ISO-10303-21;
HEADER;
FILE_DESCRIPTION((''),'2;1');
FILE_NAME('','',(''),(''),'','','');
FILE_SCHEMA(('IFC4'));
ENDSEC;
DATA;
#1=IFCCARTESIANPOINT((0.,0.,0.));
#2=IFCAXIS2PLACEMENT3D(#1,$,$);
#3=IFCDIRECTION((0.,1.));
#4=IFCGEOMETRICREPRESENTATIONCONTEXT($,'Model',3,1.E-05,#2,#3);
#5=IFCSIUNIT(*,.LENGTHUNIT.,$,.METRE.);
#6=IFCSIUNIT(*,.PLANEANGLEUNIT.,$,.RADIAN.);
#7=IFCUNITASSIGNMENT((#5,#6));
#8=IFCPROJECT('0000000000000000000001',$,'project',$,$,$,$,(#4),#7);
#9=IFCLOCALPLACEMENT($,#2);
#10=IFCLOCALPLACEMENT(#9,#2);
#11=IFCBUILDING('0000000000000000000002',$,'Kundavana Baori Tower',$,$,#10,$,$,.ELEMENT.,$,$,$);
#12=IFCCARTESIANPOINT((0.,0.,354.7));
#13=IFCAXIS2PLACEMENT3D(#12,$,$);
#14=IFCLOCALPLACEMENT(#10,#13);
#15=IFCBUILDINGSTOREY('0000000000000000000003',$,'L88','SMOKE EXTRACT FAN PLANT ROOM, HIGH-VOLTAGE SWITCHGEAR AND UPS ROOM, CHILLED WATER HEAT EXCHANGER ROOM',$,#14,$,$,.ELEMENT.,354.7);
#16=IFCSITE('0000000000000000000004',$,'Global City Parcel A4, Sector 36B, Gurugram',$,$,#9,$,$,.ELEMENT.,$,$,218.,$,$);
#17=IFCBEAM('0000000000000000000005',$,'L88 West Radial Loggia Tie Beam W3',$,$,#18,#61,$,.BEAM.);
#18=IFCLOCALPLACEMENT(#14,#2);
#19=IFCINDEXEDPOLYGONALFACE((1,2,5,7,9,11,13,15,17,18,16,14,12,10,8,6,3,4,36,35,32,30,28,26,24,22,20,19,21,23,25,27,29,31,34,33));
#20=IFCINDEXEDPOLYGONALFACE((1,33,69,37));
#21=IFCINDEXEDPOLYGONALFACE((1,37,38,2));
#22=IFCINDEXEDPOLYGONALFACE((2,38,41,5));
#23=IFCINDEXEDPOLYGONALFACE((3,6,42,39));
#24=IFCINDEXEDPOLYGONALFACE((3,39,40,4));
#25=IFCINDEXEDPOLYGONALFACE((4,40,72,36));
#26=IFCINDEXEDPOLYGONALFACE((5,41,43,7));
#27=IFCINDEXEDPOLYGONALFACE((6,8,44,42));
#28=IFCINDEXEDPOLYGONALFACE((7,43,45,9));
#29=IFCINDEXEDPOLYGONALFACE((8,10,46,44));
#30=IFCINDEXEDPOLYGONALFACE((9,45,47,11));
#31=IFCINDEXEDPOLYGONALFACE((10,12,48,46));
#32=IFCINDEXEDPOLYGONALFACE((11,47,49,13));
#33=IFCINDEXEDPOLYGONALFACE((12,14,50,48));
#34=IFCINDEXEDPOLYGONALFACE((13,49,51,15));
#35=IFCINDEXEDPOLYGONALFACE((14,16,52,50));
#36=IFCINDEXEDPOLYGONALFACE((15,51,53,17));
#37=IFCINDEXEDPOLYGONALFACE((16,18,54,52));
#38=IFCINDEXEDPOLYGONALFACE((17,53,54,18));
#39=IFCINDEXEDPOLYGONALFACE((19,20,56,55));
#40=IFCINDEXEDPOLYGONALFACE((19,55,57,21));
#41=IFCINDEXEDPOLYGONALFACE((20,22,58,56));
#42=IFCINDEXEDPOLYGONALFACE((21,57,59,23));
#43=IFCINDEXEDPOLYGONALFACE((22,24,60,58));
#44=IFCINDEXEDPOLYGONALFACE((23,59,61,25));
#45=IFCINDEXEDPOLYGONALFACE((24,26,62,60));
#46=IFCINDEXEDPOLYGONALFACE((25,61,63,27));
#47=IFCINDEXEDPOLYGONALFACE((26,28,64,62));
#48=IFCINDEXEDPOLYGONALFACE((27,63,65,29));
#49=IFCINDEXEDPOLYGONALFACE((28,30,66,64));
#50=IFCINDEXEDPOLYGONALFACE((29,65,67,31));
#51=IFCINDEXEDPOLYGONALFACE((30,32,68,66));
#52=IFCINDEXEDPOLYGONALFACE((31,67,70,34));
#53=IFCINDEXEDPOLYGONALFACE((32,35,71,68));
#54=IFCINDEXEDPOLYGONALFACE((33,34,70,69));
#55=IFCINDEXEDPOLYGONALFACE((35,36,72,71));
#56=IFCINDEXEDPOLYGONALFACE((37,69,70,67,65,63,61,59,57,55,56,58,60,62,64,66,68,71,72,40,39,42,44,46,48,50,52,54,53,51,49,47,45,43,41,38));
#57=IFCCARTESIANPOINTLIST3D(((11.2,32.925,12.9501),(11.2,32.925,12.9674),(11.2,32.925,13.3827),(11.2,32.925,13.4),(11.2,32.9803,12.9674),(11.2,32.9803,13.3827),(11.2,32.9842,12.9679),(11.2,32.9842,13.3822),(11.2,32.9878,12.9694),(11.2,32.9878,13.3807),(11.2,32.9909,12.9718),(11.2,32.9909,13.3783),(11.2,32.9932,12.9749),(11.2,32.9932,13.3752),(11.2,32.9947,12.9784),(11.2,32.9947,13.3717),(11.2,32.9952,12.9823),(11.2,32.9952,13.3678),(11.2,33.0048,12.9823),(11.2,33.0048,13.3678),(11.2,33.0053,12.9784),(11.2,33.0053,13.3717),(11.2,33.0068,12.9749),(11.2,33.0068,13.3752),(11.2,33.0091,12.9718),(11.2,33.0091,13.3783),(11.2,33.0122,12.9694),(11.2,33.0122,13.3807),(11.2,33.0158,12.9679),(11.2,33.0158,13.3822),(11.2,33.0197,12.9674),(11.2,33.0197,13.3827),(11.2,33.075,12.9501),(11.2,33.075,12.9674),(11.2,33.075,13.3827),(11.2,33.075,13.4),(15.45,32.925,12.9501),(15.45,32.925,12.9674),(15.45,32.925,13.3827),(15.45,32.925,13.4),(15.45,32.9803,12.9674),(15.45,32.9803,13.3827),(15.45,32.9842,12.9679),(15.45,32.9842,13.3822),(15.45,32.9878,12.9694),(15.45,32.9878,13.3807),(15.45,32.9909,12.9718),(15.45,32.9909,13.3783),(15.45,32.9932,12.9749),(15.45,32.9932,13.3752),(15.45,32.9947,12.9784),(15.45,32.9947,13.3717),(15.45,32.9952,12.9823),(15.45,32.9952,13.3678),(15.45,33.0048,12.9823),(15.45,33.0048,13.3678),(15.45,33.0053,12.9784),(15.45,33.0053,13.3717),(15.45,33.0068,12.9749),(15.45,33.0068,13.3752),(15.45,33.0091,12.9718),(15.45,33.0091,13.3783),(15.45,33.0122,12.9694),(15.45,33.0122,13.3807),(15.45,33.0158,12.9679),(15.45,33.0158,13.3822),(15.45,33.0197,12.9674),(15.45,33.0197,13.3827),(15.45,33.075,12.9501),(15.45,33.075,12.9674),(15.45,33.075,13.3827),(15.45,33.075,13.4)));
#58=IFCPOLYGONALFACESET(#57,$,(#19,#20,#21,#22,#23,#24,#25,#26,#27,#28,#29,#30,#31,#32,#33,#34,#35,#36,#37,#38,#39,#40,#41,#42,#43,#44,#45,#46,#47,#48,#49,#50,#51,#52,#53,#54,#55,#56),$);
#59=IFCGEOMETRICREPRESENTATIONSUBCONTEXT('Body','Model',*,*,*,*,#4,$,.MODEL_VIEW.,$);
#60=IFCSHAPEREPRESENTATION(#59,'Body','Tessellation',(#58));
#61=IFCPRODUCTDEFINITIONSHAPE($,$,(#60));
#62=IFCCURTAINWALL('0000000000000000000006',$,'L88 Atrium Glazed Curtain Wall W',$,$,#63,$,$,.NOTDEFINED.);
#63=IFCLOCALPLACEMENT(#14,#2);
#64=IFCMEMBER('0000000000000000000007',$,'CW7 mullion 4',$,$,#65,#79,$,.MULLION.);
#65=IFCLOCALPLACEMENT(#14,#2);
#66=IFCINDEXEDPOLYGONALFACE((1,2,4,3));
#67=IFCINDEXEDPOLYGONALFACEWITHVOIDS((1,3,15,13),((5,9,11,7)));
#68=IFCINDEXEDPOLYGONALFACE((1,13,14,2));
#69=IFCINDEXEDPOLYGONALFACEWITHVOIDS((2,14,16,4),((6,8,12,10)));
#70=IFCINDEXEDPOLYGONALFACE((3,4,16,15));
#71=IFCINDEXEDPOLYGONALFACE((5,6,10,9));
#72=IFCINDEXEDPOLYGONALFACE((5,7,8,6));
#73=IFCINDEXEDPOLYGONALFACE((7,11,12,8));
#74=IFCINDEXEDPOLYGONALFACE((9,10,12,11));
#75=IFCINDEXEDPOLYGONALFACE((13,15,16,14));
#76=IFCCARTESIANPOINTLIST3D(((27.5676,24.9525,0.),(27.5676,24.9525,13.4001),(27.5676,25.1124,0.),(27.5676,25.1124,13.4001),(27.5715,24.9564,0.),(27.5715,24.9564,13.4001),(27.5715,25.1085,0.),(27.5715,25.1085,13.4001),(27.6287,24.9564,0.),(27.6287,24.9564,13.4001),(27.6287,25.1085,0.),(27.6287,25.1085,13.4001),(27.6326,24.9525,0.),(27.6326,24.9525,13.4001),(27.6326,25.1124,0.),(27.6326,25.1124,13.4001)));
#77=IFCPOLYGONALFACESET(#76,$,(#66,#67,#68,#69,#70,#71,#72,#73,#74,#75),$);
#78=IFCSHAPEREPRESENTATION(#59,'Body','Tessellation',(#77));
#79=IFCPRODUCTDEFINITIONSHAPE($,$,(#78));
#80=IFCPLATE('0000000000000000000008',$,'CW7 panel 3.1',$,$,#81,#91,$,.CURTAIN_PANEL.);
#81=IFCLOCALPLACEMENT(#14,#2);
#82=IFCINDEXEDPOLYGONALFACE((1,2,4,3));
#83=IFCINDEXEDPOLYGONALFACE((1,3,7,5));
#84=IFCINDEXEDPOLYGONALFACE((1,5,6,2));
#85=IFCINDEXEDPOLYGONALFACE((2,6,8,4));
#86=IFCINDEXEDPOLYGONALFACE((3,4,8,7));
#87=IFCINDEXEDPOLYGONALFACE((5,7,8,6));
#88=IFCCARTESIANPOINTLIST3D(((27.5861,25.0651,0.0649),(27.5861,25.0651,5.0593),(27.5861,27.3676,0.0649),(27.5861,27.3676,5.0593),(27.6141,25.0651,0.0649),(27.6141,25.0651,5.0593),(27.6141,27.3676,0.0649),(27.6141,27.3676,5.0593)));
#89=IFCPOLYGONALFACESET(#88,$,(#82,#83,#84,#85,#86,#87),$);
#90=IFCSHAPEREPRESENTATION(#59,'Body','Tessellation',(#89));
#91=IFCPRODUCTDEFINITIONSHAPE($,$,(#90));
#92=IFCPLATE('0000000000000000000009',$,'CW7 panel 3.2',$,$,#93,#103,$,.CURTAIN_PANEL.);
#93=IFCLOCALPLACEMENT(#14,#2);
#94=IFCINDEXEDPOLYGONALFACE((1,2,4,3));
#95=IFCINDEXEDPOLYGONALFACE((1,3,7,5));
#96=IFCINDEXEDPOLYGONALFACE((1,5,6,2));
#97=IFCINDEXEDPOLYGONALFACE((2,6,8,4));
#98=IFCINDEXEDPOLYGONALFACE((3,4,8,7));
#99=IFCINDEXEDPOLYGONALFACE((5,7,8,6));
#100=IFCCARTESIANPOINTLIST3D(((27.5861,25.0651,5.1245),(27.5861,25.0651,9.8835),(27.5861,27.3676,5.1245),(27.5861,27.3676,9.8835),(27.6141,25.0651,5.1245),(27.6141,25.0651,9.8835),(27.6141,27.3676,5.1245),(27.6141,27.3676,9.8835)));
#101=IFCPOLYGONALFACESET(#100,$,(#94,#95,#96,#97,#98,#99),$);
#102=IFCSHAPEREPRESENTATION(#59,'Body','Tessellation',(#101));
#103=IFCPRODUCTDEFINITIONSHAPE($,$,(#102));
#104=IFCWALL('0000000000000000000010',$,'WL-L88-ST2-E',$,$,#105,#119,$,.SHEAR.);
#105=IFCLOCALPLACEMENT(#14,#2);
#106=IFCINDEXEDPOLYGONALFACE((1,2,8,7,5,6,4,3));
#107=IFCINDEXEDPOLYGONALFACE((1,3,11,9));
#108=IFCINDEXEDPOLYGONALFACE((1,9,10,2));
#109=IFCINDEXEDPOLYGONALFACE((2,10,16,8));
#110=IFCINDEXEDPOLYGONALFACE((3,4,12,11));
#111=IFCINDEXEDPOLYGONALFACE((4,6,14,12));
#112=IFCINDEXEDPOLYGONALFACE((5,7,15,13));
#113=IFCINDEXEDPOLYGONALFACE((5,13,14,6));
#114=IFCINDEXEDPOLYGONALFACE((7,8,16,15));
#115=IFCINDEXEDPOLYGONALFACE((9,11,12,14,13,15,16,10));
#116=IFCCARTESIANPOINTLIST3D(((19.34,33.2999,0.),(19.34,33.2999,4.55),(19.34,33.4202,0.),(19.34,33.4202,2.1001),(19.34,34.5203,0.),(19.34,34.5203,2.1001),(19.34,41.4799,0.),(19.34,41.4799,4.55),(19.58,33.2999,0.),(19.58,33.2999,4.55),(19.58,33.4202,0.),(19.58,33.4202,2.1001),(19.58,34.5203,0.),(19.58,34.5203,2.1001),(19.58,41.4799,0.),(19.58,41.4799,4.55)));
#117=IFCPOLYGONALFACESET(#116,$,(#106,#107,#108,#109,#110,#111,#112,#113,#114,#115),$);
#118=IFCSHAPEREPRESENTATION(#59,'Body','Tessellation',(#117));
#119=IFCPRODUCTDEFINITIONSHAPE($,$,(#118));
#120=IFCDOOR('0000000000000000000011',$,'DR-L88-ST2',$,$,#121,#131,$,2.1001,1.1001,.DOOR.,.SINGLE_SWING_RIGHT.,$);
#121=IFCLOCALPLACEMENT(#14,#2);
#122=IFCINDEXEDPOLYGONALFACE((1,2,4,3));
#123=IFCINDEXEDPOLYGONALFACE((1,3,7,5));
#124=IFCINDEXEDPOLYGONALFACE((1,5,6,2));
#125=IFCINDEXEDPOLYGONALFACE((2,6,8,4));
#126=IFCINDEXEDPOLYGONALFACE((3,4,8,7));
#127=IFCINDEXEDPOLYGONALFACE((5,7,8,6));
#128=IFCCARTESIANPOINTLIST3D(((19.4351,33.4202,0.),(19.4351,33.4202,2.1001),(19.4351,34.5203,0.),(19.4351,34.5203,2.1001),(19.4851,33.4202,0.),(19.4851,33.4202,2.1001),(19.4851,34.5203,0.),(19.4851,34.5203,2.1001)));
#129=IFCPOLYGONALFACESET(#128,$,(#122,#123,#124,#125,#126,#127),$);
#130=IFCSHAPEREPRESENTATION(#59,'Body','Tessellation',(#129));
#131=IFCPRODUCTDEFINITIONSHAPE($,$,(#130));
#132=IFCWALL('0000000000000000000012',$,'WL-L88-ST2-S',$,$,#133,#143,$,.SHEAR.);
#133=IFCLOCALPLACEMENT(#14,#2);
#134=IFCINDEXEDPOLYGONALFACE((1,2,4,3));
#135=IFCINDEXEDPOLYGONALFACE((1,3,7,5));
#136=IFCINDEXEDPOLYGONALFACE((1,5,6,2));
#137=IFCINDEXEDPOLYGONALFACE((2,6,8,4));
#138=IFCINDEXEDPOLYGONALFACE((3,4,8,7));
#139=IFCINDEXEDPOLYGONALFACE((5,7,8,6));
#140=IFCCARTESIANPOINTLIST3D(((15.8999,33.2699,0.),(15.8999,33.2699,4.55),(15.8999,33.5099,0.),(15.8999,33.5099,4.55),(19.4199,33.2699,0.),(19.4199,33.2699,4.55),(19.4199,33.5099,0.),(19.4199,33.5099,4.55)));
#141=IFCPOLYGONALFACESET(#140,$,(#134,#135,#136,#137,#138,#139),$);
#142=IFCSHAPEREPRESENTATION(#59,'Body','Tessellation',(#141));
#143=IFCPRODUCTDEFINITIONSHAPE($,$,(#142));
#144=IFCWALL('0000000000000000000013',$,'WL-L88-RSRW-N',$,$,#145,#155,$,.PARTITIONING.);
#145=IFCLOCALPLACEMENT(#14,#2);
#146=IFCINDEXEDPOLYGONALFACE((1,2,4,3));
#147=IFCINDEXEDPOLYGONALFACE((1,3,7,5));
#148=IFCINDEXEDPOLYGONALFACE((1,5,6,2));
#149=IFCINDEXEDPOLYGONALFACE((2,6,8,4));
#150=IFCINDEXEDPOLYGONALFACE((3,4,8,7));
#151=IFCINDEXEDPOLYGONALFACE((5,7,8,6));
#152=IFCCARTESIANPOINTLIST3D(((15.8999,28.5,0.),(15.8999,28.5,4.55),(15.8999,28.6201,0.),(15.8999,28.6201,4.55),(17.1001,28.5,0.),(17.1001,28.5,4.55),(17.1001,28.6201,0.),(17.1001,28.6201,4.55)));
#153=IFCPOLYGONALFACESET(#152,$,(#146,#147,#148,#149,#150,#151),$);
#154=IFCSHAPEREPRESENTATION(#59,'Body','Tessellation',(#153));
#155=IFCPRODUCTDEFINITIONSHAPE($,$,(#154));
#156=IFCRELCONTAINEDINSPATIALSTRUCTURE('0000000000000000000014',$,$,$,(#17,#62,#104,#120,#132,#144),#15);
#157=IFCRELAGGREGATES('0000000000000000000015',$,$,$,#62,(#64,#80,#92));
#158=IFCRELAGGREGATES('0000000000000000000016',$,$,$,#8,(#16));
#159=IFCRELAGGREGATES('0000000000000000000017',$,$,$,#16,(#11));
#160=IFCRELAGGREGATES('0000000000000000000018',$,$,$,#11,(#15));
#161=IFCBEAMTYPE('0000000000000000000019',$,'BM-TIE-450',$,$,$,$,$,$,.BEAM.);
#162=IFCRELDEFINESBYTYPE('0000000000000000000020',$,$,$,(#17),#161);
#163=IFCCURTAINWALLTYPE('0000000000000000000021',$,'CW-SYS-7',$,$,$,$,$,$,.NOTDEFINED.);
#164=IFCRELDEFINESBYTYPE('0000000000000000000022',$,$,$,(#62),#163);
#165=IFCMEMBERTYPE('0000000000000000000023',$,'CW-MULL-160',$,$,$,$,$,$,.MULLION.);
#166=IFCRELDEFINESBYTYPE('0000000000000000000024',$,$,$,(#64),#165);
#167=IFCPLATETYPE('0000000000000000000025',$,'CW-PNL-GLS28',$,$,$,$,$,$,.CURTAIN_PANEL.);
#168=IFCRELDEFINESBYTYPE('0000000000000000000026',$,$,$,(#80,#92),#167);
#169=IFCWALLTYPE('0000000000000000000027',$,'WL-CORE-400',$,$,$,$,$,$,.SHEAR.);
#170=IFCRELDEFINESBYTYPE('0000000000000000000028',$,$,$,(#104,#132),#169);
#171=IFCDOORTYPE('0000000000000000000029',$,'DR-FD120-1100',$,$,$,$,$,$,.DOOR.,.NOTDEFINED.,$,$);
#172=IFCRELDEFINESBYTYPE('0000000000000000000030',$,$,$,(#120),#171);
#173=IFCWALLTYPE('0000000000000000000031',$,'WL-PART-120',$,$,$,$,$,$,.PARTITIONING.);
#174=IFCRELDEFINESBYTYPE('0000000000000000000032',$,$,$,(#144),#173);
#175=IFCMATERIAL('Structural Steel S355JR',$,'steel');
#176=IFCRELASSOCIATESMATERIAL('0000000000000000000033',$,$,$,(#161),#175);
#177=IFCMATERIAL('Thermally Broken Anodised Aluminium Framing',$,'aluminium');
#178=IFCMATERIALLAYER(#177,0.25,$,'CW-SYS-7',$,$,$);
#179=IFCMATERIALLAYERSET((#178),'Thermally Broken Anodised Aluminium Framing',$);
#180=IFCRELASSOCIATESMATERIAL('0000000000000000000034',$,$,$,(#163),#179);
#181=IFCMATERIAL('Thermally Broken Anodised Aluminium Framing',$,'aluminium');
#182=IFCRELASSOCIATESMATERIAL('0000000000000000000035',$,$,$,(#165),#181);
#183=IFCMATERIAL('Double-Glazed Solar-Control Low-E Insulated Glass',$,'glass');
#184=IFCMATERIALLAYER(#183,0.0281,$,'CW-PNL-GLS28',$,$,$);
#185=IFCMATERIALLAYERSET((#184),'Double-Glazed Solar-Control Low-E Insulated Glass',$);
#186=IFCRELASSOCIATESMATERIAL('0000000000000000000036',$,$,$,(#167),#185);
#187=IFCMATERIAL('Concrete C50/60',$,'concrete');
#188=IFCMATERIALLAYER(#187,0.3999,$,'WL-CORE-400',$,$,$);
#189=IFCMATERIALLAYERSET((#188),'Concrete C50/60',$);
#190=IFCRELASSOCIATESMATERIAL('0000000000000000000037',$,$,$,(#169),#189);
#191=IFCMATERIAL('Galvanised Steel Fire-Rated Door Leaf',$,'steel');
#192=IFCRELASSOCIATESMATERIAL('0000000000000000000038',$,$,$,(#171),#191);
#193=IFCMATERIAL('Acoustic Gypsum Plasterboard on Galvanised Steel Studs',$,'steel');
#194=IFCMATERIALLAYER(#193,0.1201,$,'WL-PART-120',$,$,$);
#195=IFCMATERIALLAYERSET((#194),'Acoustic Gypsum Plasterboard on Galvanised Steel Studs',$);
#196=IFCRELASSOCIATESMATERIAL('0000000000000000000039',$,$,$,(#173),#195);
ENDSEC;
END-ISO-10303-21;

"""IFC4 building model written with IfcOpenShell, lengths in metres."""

from ifc_helpers import new_model, si_unit, direction, frame, frame_2d, origin, origin_2d, place, context, subcontext, project, spatial, rectangle, hollow_rectangle, i_section, extrude, material, layer, layer_set, material_profile, profile_set, type_object, element, fill, aggregate, save


model = new_model("IFC4")

# Units and contexts
model_context = context("Model", 3, precision=1e-05, world=origin(), true_north=direction((0.0, 1.0)))
body_context = subcontext(model_context, "Body", "Model", "MODEL_VIEW")
ifc_project = project(units=[si_unit("LENGTHUNIT", "METRE"), si_unit("PLANEANGLEUNIT", "RADIAN")], contexts=[model_context])

# Site, building, storey
site_placement = place(None, origin())
site = spatial("IfcSite", under=ifc_project, at=site_placement, Name="Global City Parcel A4, Sector 36B, Gurugram", CompositionType="ELEMENT", RefElevation=218.0)
building_placement = place(site_placement, origin())
building = spatial("IfcBuilding", under=site, at=building_placement, Name="Kundavana Baori Tower", CompositionType="ELEMENT")
storey_placement = place(building_placement, frame((0.0, 0.0, 354.7)))
storey = spatial("IfcBuildingStorey", under=building, at=storey_placement, Name="L88", Description="SMOKE EXTRACT FAN PLANT ROOM, HIGH-VOLTAGE SWITCHGEAR AND UPS ROOM, CHILLED WATER HEAT EXCHANGER ROOM", CompositionType="ELEMENT", Elevation=354.7)

# Beam
ifc_material_1 = material(Name="Structural Steel S355JR", Category="steel")
ifc_material_profile_1 = material_profile(ifc_material_1, i_section(OverallWidth=0.1499, OverallDepth=0.45, WebThickness=0.0095, FlangeThickness=0.0173, FilletRadius=0.0149, at=origin_2d()), Name="ISMB 450")
ifc_profile_set_1 = profile_set([ifc_material_profile_1], Name="Structural Steel S355JR")
beam_type_1 = type_object("IfcBeamType", Name="BM-TIE-450", PredefinedType="BEAM", material=ifc_profile_set_1)
beam_1_placement = place(storey_placement, frame((15.45, 33.0, 13.175), z_axis=(-1.0, 0.0, 0.0), x_axis=(0.0, -1.0, 0.0)))
element("IfcBeam", 1, at=beam_1_placement, inside=storey, type_object=beam_type_1, Name="L88 West Radial Loggia Tie Beam W3", PredefinedType="BEAM", context=body_context, shape_type="SweptSolid", body=[
    extrude(i_section(OverallWidth=0.1499, OverallDepth=0.45, WebThickness=0.0095, FlangeThickness=0.0173, FilletRadius=0.0149, at=origin_2d()), origin(), (0.0, 0.0, 1.0), 4.25),
])

# Curtain wall, member, plates
ifc_material_2 = material(Name="Thermally Broken Anodised Aluminium Framing", Category="aluminium")
ifc_layer_1 = layer(ifc_material_2, 0.25, Name="CW-SYS-7")
ifc_layer_set_1 = layer_set([ifc_layer_1], Name="Thermally Broken Anodised Aluminium Framing")
curtain_wall_type = type_object("IfcCurtainWallType", Name="CW-SYS-7", PredefinedType="NOTDEFINED", material=ifc_layer_set_1)
curtain_wall_placement = place(storey_placement, origin())
curtain_wall = element("IfcCurtainWall", 2, at=curtain_wall_placement, inside=storey, type_object=curtain_wall_type, Name="L88 Atrium Glazed Curtain Wall W", PredefinedType="NOTDEFINED")
ifc_material_3 = material(Name="Thermally Broken Anodised Aluminium Framing", Category="aluminium")
ifc_material_profile_2 = material_profile(ifc_material_3, hollow_rectangle(XDim=0.0649, YDim=0.1599, WallThickness=0.0039, at=origin_2d()), Name="CW-MULL-160")
ifc_profile_set_2 = profile_set([ifc_material_profile_2], Name="Thermally Broken Anodised Aluminium Framing")
member_type = type_object("IfcMemberType", Name="CW-MULL-160", PredefinedType="MULLION", material=ifc_profile_set_2)
member_placement = place(storey_placement, frame((27.6001, 25.0325, 0.0), z_axis=(0.0, 0.0, 1.0), x_axis=(1.0, 0.0, 0.0)))
member = element("IfcMember", 3, at=member_placement, type_object=member_type, Name="CW7 mullion 4", PredefinedType="MULLION", context=body_context, shape_type="SweptSolid", body=[
    extrude(hollow_rectangle(XDim=0.0649, YDim=0.1599, WallThickness=0.0039, at=origin_2d()), origin(), (0.0, 0.0, 1.0), 13.4001),
])
ifc_material_4 = material(Name="Double-Glazed Solar-Control Low-E Insulated Glass", Category="glass")
ifc_layer_2 = layer(ifc_material_4, 0.0281, Name="CW-PNL-GLS28")
ifc_layer_set_2 = layer_set([ifc_layer_2], Name="Double-Glazed Solar-Control Low-E Insulated Glass")
plate_type = type_object("IfcPlateType", Name="CW-PNL-GLS28", PredefinedType="CURTAIN_PANEL", material=ifc_layer_set_2)
plate_1_placement = place(storey_placement, frame((27.6001, 26.2163, 0.0649), z_axis=(0.0, 0.0, 1.0), x_axis=(0.0, -1.0, 0.0)))
plate_1 = element("IfcPlate", 4, at=plate_1_placement, type_object=plate_type, Name="CW7 panel 3.1", PredefinedType="CURTAIN_PANEL", context=body_context, shape_type="SweptSolid", body=[
    extrude(rectangle(XDim=2.3025, YDim=0.0281, at=origin_2d()), origin(), (0.0, 0.0, 1.0), 4.9944),
])
plate_2_placement = place(storey_placement, frame((27.6001, 26.2163, 5.1245), z_axis=(0.0, 0.0, 1.0), x_axis=(0.0, -1.0, 0.0)))
plate_2 = element("IfcPlate", 5, at=plate_2_placement, type_object=plate_type, Name="CW7 panel 3.2", PredefinedType="CURTAIN_PANEL", context=body_context, shape_type="SweptSolid", body=[
    extrude(rectangle(XDim=2.3025, YDim=0.0281, at=origin_2d()), origin(), (0.0, 0.0, 1.0), 4.759),
])
aggregate(curtain_wall, [member, plate_1, plate_2])

# Wall, opening, door
ifc_material_5 = material(Name="Concrete C50/60", Category="concrete")
ifc_layer_3 = layer(ifc_material_5, 0.3999, Name="WL-CORE-400")
ifc_layer_set_3 = layer_set([ifc_layer_3], Name="Concrete C50/60")
wall_type_1 = type_object("IfcWallType", Name="WL-CORE-400", PredefinedType="SHEAR", material=ifc_layer_set_3)
wall_1_placement = place(storey_placement, frame((19.46, 33.3, 0.0), z_axis=(0.0, 0.0, 1.0), x_axis=(0.0, 1.0, 0.0)))
wall_1 = element("IfcWall", 6, at=wall_1_placement, inside=storey, type_object=wall_type_1, Name="WL-L88-ST2-E", PredefinedType="SHEAR", context=body_context, shape_type="SweptSolid", body=[
    extrude(rectangle(XDim=8.1799, YDim=0.24, at=frame_2d((4.0898, 0.0))), origin(), (0.0, 0.0, 1.0), 4.55),
])
opening_1_placement = place(wall_1_placement, frame((0.1201, 0.0, 0.0)))
opening_1 = element("IfcOpeningElement", 7, at=opening_1_placement, cuts=wall_1, PredefinedType="OPENING", context=body_context, shape_type="SweptSolid", body=[
    extrude(rectangle(XDim=1.1001, YDim=2.1001, at=frame_2d((0.55, 1.05))), frame((0.0, 0.1299, 0.0), z_axis=(0.0, -1.0, 0.0), x_axis=(1.0, 0.0, 0.0)), (0.0, 0.0, 1.0), 0.26),
])
ifc_material_6 = material(Name="Galvanised Steel Fire-Rated Door Leaf", Category="steel")
door_type_1 = type_object("IfcDoorType", Name="DR-FD120-1100", OperationType="NOTDEFINED", PredefinedType="DOOR", material=ifc_material_6)
door_1_placement = place(opening_1_placement, origin())
door_1 = element("IfcDoor", 8, at=door_1_placement, inside=storey, type_object=door_type_1, Name="DR-L88-ST2", OperationType="SINGLE_SWING_RIGHT", OverallHeight=2.1001, OverallWidth=1.1001, PredefinedType="DOOR", context=body_context, shape_type="SweptSolid", body=[
    extrude(rectangle(XDim=1.1001, YDim=2.1001, at=frame_2d((0.55, 1.05))), frame((0.0, 0.0249, 0.0), z_axis=(0.0, -1.0, 0.0), x_axis=(1.0, 0.0, 0.0)), (0.0, 0.0, 1.0), 0.05),
])
fill(opening_1, door_1)

# Walls
wall_2_placement = place(storey_placement, frame((15.8999, 33.3899, 0.0), z_axis=(0.0, 0.0, 1.0), x_axis=(1.0, 0.0, 0.0)))
element("IfcWall", 9, at=wall_2_placement, inside=storey, type_object=wall_type_1, Name="WL-L88-ST2-S", PredefinedType="SHEAR", context=body_context, shape_type="SweptSolid", body=[
    extrude(rectangle(XDim=3.52, YDim=0.24, at=frame_2d((1.76, 0.0))), origin(), (0.0, 0.0, 1.0), 4.55),
])
ifc_material_7 = material(Name="Acoustic Gypsum Plasterboard on Galvanised Steel Studs", Category="steel")
ifc_layer_4 = layer(ifc_material_7, 0.1201, Name="WL-PART-120")
ifc_layer_set_4 = layer_set([ifc_layer_4], Name="Acoustic Gypsum Plasterboard on Galvanised Steel Studs")
wall_type_2 = type_object("IfcWallType", Name="WL-PART-120", PredefinedType="PARTITIONING", material=ifc_layer_set_4)
wall_3_placement = place(storey_placement, frame((15.8999, 28.5601, 0.0), z_axis=(0.0, 0.0, 1.0), x_axis=(1.0, 0.0, 0.0)))
element("IfcWall", 10, at=wall_3_placement, inside=storey, type_object=wall_type_2, Name="WL-L88-RSRW-N", PredefinedType="PARTITIONING", context=body_context, shape_type="SweptSolid", body=[
    extrude(rectangle(XDim=1.2002, YDim=0.1201, at=frame_2d((0.6001, 0.0))), origin(), (0.0, 0.0, 1.0), 4.55),
])

save(model, "model.ifc")
